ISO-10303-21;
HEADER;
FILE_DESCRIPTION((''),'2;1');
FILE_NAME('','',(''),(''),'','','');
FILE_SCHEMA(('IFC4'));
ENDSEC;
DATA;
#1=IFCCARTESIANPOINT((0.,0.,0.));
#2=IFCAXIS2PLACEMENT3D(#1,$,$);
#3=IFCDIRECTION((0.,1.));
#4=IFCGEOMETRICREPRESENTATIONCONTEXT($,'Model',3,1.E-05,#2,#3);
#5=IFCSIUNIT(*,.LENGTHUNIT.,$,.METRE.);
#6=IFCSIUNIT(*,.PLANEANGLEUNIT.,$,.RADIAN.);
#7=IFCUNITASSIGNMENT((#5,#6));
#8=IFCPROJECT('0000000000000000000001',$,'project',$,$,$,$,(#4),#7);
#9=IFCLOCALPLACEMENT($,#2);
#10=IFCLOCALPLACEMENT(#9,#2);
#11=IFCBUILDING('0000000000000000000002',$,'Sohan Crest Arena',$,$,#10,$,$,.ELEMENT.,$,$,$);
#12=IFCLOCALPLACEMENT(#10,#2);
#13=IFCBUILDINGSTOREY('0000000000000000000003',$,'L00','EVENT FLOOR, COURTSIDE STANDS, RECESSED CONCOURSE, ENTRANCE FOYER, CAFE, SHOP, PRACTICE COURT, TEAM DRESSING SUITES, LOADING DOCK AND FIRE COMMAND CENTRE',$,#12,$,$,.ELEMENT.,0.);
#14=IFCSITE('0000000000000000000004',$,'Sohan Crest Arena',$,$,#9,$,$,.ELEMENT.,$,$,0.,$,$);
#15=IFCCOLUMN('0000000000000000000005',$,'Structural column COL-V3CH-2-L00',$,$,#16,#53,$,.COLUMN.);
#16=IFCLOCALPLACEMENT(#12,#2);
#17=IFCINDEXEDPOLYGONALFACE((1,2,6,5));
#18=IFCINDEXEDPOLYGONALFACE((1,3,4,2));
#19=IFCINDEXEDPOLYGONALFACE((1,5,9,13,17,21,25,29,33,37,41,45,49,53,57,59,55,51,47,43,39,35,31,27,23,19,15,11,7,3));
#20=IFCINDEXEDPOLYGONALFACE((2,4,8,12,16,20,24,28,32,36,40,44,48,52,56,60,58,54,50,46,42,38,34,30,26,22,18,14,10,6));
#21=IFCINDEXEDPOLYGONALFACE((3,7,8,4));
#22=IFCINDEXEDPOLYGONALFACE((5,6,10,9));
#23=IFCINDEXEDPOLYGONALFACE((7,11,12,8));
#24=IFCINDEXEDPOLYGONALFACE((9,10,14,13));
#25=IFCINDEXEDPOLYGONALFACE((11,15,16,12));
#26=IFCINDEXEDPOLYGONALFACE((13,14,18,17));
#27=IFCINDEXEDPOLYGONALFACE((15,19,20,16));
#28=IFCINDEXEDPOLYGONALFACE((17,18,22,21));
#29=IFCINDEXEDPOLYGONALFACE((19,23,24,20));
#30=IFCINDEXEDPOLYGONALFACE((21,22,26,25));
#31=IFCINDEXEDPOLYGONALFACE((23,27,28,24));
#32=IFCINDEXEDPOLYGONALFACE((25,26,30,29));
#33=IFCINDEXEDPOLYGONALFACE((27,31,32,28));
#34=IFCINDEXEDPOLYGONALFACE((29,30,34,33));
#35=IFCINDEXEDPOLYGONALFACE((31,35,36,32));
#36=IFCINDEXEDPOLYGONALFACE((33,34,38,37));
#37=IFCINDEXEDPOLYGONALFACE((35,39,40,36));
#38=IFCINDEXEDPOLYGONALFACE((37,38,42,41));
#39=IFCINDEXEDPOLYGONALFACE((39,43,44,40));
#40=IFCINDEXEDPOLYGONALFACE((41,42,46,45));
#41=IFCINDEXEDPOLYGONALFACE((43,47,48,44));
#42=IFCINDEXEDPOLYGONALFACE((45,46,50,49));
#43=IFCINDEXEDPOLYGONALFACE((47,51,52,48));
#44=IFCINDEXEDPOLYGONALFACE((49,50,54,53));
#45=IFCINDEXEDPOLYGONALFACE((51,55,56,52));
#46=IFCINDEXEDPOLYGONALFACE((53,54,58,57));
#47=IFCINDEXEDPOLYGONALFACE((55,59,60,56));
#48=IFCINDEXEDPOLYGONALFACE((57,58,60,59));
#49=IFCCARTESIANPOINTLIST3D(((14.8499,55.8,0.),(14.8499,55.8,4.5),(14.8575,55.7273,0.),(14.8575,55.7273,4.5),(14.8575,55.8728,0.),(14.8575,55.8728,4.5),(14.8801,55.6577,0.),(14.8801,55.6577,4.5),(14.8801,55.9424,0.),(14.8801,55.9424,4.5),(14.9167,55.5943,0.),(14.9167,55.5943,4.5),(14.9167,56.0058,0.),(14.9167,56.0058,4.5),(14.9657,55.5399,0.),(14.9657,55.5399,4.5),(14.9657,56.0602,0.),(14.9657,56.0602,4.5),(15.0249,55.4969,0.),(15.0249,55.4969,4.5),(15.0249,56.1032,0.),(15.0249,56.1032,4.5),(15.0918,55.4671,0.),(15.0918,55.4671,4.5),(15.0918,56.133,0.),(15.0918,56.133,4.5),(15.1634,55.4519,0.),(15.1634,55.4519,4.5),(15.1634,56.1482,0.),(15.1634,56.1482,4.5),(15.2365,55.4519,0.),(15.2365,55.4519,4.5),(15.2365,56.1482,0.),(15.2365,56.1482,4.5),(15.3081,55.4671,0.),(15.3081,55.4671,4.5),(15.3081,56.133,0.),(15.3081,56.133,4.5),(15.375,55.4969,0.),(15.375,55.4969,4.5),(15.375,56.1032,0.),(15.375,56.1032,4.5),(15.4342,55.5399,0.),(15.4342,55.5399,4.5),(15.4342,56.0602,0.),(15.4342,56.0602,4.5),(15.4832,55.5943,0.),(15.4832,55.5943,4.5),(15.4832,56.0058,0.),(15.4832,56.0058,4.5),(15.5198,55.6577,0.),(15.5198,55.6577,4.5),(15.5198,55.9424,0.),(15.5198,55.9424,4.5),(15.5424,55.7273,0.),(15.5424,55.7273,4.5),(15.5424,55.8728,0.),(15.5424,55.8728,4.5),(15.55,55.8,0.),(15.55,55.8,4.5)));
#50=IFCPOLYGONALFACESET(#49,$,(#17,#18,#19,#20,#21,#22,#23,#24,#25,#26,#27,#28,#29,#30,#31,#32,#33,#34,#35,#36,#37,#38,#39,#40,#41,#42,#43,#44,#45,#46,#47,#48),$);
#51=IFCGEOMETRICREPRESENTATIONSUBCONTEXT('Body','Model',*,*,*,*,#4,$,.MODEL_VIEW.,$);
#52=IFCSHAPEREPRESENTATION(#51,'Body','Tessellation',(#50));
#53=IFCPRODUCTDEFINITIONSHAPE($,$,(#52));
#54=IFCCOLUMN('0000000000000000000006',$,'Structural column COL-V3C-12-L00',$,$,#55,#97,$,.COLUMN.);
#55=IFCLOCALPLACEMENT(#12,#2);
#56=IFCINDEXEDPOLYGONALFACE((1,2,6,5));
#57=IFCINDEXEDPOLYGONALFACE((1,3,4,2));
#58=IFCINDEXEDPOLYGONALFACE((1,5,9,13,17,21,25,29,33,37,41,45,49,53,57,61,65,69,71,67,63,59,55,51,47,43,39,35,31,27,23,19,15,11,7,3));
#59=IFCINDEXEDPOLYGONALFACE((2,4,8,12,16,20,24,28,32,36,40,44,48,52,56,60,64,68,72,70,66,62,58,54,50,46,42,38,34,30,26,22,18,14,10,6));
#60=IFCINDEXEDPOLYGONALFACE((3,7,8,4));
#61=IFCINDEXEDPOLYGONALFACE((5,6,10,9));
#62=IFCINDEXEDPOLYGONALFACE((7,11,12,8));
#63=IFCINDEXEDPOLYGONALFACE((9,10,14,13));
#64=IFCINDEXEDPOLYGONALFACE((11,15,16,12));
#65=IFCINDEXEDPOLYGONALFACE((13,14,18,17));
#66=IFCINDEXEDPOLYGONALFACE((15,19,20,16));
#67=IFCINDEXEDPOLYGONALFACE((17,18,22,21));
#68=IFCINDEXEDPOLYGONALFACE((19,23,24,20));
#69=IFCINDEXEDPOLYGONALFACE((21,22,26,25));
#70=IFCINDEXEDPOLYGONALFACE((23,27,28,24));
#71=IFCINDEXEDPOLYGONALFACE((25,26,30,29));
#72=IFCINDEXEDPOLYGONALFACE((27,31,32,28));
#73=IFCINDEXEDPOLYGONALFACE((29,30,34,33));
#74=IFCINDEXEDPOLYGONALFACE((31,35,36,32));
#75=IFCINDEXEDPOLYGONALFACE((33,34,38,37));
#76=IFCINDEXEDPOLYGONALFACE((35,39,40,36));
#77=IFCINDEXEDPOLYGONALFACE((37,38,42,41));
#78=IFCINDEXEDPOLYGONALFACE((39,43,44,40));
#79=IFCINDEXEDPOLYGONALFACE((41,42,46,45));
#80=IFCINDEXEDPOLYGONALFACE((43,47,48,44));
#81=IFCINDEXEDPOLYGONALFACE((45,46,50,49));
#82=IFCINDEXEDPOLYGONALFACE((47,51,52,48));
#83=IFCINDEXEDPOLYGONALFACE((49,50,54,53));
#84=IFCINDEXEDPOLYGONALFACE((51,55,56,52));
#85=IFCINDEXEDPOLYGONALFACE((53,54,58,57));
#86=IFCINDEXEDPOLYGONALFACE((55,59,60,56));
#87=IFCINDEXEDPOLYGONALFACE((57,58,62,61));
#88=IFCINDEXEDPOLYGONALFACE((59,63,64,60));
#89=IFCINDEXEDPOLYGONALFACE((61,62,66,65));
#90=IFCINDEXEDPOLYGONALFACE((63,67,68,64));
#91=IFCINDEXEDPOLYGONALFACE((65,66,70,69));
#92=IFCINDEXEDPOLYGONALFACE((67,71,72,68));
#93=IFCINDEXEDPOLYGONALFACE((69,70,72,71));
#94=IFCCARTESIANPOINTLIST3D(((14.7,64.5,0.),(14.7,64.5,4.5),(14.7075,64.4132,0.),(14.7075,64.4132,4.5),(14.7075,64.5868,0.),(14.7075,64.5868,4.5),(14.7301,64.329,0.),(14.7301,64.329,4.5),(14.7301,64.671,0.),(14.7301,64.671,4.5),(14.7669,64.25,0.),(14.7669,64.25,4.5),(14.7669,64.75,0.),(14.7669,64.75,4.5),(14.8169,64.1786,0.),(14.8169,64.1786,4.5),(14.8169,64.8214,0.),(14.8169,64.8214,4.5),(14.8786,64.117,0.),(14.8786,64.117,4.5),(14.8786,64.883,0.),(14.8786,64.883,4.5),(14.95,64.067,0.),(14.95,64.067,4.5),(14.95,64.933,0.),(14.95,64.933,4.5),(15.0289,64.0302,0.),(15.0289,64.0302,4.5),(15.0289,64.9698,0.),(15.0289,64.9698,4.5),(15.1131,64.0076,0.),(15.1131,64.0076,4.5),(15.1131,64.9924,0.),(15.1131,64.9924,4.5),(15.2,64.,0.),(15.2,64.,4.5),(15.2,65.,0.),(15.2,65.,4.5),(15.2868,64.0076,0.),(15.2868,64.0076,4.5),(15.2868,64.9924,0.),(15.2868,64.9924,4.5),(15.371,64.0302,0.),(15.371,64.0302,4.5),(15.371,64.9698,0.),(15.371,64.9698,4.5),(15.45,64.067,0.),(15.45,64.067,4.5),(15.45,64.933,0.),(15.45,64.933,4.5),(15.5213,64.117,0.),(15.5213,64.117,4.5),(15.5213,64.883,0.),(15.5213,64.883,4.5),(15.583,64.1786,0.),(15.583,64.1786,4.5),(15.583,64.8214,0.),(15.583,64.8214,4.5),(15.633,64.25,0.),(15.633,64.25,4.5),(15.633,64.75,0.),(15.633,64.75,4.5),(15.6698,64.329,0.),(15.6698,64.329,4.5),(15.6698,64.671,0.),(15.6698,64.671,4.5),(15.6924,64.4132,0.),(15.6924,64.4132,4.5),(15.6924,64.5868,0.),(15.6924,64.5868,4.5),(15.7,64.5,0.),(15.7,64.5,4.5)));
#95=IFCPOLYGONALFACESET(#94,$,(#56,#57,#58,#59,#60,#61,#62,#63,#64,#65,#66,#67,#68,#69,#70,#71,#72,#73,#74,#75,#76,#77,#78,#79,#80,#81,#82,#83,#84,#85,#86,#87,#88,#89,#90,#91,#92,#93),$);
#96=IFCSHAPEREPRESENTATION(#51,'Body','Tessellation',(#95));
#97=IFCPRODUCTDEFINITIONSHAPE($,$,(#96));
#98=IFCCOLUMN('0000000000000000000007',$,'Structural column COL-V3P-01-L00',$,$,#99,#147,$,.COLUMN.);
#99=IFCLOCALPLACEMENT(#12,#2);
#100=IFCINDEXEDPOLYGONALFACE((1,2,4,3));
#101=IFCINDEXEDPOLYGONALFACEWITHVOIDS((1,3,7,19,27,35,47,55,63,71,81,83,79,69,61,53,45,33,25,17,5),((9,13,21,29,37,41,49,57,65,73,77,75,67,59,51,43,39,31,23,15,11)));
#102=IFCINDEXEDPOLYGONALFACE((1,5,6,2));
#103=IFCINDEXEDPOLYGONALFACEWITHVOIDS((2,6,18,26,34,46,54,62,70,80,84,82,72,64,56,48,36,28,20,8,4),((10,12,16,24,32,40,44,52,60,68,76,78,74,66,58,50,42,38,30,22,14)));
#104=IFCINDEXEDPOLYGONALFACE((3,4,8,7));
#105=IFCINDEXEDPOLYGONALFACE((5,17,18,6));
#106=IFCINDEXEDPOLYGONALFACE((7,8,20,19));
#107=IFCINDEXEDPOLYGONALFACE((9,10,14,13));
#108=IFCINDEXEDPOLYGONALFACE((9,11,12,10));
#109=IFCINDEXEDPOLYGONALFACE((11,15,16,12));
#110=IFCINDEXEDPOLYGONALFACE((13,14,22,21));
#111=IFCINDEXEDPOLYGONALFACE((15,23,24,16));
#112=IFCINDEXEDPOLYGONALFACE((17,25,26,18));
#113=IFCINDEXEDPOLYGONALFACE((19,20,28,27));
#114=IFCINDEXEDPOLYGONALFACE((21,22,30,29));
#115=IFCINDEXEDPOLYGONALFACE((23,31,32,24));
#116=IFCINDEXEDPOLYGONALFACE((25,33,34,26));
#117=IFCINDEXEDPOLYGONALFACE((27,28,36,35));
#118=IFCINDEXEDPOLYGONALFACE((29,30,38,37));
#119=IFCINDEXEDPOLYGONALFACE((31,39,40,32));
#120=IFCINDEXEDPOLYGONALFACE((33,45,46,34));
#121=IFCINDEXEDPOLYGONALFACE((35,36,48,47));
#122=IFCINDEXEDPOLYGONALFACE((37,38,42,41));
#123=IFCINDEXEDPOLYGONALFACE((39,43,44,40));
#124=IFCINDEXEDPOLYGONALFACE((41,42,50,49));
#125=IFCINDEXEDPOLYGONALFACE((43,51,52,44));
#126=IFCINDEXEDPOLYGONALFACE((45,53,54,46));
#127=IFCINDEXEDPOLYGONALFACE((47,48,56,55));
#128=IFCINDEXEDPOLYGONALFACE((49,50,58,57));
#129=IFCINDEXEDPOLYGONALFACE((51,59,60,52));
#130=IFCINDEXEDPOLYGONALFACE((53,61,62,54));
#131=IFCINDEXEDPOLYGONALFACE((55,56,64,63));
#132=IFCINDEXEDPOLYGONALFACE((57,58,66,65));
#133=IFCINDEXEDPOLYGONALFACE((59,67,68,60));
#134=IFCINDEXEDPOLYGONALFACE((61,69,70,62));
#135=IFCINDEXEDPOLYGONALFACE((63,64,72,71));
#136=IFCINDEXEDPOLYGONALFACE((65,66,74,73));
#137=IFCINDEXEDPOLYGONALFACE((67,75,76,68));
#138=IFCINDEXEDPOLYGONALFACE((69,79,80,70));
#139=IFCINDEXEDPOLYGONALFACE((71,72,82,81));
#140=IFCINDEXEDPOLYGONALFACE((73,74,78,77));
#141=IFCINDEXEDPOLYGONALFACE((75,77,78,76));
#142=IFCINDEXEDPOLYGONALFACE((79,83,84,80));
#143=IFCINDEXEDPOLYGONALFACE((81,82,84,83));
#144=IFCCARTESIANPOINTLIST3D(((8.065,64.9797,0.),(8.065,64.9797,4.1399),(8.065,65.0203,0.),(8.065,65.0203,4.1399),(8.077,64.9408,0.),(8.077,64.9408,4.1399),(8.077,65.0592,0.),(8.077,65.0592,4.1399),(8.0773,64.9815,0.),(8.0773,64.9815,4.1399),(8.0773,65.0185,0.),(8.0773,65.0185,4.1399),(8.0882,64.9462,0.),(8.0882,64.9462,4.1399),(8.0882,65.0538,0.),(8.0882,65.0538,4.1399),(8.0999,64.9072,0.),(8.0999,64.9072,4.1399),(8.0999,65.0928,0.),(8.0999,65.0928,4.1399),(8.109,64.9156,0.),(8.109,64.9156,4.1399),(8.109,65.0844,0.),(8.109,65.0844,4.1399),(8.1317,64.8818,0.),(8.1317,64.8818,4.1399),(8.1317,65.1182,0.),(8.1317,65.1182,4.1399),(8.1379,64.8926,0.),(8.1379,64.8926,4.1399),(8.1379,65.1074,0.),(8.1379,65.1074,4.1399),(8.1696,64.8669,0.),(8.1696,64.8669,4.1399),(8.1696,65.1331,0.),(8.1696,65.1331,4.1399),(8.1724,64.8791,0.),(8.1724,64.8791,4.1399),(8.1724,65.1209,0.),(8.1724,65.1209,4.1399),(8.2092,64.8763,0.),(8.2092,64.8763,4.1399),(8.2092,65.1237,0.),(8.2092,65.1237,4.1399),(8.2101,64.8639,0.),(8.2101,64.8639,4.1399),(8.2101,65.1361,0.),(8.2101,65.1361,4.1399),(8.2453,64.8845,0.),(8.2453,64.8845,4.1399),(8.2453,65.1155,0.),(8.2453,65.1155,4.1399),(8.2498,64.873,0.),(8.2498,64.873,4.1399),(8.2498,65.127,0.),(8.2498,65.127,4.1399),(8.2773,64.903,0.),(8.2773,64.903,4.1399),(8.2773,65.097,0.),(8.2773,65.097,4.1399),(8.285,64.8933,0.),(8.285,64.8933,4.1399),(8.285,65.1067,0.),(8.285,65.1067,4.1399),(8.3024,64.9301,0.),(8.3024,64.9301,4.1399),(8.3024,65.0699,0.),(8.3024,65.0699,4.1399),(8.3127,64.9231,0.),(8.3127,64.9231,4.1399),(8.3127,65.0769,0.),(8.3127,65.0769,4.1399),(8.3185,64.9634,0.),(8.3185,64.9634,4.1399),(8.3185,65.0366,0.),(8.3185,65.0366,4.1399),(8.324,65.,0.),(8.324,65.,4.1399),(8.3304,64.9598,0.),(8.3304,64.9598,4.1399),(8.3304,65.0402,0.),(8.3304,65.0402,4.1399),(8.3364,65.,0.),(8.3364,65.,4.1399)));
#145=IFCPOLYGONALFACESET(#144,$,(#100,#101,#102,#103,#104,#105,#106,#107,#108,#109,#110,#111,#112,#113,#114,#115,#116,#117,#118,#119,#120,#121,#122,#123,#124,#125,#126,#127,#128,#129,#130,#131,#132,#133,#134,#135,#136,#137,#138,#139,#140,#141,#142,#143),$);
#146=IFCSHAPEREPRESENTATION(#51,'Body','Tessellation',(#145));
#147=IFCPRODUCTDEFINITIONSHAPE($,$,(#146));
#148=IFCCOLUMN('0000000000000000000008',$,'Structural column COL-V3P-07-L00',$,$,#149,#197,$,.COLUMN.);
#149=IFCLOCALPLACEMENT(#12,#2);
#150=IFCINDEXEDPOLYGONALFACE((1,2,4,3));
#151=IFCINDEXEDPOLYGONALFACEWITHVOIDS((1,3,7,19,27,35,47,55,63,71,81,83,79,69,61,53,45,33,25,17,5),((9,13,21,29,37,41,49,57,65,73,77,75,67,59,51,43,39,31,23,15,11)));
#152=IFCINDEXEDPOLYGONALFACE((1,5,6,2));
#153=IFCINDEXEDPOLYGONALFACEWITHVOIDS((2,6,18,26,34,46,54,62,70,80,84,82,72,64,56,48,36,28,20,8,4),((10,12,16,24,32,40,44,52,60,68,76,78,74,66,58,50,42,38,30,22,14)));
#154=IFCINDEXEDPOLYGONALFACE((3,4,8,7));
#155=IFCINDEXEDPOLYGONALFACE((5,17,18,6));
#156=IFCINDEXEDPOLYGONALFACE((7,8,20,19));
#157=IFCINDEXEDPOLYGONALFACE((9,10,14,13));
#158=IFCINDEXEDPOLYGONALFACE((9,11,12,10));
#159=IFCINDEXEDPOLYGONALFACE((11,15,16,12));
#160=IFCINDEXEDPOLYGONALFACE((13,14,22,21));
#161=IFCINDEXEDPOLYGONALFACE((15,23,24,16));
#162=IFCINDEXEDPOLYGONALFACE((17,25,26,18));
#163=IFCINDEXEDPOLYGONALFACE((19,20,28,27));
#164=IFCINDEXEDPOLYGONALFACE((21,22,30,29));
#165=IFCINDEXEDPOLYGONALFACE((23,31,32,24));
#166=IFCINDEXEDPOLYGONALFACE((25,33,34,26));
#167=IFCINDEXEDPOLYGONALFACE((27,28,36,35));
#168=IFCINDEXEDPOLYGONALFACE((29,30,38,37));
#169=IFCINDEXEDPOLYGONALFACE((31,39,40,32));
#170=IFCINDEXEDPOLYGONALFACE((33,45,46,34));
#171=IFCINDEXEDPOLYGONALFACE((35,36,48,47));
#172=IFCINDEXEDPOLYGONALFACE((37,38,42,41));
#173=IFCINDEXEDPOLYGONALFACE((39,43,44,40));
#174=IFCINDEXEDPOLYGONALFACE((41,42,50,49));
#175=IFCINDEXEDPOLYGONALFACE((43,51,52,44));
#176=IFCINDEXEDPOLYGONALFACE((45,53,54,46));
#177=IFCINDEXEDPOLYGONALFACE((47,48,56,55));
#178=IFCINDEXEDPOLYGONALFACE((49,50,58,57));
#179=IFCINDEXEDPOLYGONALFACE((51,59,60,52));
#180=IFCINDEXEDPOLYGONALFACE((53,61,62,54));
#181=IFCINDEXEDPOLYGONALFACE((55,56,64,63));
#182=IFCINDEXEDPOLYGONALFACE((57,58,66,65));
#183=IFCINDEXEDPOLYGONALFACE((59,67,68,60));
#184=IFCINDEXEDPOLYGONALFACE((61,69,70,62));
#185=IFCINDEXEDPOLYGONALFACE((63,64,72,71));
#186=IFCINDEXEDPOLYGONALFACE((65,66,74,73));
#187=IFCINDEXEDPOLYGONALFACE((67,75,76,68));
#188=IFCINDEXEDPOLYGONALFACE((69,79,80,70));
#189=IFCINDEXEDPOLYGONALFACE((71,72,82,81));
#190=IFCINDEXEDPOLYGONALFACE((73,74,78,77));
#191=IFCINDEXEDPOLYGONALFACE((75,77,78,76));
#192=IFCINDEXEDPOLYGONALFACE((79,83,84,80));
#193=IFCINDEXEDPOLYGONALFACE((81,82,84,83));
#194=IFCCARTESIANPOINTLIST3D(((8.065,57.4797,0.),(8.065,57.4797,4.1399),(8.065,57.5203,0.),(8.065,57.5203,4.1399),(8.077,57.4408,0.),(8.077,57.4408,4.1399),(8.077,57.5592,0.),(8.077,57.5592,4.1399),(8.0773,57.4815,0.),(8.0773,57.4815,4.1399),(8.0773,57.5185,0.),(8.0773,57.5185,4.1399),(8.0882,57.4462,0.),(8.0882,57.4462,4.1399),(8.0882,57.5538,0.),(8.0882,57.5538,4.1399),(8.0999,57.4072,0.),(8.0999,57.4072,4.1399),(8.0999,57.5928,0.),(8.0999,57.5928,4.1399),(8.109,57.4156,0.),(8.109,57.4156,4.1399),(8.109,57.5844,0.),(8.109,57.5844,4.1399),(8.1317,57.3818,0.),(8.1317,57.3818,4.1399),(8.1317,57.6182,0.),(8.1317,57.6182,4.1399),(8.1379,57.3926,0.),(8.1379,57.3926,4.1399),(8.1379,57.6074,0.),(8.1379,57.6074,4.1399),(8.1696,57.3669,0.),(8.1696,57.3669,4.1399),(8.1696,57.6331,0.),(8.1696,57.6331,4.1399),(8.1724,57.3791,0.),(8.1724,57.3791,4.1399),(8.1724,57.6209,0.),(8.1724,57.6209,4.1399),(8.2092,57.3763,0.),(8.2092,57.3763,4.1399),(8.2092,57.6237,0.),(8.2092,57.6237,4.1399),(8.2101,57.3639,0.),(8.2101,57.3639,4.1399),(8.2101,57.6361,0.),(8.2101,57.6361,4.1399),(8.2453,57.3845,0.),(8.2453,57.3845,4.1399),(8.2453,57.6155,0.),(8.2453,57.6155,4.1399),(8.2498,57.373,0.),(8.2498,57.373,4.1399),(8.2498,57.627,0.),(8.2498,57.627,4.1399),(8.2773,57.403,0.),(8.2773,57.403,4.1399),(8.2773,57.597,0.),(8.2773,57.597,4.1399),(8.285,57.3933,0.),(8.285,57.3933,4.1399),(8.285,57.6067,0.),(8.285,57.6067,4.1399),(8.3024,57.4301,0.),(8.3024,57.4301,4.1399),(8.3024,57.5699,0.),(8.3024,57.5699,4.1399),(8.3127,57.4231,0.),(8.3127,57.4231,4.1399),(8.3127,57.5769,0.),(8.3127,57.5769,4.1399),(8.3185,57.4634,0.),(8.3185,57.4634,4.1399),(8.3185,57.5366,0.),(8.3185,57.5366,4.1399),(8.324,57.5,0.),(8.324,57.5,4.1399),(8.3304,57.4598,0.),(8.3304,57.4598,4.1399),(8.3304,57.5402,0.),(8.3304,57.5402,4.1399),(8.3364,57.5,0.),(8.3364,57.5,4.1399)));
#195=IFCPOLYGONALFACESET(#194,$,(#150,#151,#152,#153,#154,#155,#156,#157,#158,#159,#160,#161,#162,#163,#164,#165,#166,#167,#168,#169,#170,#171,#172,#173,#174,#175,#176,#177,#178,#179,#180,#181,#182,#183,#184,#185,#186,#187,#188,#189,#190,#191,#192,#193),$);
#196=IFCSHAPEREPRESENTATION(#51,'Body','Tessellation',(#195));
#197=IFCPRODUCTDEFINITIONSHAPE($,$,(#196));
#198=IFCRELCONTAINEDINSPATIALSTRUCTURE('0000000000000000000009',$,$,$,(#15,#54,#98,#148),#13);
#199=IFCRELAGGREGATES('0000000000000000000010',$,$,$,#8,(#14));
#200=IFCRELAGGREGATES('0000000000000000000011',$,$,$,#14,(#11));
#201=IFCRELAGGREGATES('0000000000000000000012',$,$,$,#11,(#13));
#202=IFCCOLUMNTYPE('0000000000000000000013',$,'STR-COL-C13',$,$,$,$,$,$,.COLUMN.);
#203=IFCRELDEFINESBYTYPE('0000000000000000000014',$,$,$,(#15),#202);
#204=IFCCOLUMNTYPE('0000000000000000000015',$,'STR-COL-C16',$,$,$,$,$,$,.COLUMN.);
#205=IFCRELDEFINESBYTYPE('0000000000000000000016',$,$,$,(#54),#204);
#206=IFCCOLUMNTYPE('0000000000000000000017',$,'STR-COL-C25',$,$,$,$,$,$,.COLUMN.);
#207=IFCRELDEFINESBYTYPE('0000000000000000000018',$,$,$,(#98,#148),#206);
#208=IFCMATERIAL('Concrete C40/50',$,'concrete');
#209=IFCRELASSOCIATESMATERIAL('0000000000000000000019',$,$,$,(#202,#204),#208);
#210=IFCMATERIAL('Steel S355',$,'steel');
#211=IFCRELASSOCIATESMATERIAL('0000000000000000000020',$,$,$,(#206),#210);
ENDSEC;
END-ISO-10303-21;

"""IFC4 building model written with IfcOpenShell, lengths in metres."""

from ifc_helpers import new_model, si_unit, direction, frame, origin, origin_2d, place, context, subcontext, project, spatial, circle, hollow_circle, extrude, material, material_profile, profile_set, type_object, element, save


model = new_model("IFC4")

# Units and contexts
model_context = context("Model", 3, precision=1e-05, world=origin(), true_north=direction((0.0, 1.0)))
body_context = subcontext(model_context, "Body", "Model", "MODEL_VIEW")
ifc_project = project(units=[si_unit("LENGTHUNIT", "METRE"), si_unit("PLANEANGLEUNIT", "RADIAN")], contexts=[model_context])

# Site, building, storey
site_placement = place(None, origin())
site = spatial("IfcSite", under=ifc_project, at=site_placement, Name="Sohan Crest Arena", CompositionType="ELEMENT", RefElevation=0.0)
building_placement = place(site_placement, origin())
building = spatial("IfcBuilding", under=site, at=building_placement, Name="Sohan Crest Arena", CompositionType="ELEMENT")
storey_placement = place(building_placement, origin())
storey = spatial("IfcBuildingStorey", under=building, at=storey_placement, Name="L00", Description="EVENT FLOOR, COURTSIDE STANDS, RECESSED CONCOURSE, ENTRANCE FOYER, CAFE, SHOP, PRACTICE COURT, TEAM DRESSING SUITES, LOADING DOCK AND FIRE COMMAND CENTRE", CompositionType="ELEMENT", Elevation=0.0)

# Columns
ifc_material_1 = material(Name="Concrete C40/50", Category="concrete")
ifc_material_profile_1 = material_profile(ifc_material_1, circle(Radius=0.3501, at=origin_2d()), Name="RC D700")
ifc_profile_set_1 = profile_set([ifc_material_profile_1], Name="Concrete C40/50")
column_type_1 = type_object("IfcColumnType", Name="STR-COL-C13", PredefinedType="COLUMN", material=ifc_profile_set_1)
column_1_placement = place(storey_placement, frame((15.2, 55.8, 0.0), z_axis=(0.0, 0.0, 1.0), x_axis=(1.0, 0.0, 0.0)))
element("IfcColumn", 1, at=column_1_placement, inside=storey, type_object=column_type_1, Name="Structural column COL-V3CH-2-L00", PredefinedType="COLUMN", context=body_context, shape_type="SweptSolid", body=[
    extrude(circle(Radius=0.3501, at=origin_2d()), origin(), (0.0, 0.0, 1.0), 4.5),
])
ifc_material_profile_2 = material_profile(ifc_material_1, circle(Radius=0.5, at=origin_2d()), Name="RC D1000")
ifc_profile_set_2 = profile_set([ifc_material_profile_2], Name="Concrete C40/50")
column_type_2 = type_object("IfcColumnType", Name="STR-COL-C16", PredefinedType="COLUMN", material=ifc_profile_set_2)
column_2_placement = place(storey_placement, frame((15.2, 64.5, 0.0), z_axis=(0.0, 0.0, 1.0), x_axis=(1.0, 0.0, 0.0)))
element("IfcColumn", 2, at=column_2_placement, inside=storey, type_object=column_type_2, Name="Structural column COL-V3C-12-L00", PredefinedType="COLUMN", context=body_context, shape_type="SweptSolid", body=[
    extrude(circle(Radius=0.5, at=origin_2d()), origin(), (0.0, 0.0, 1.0), 4.5),
])
ifc_material_2 = material(Name="Steel S355", Category="steel")
ifc_material_profile_3 = material_profile(ifc_material_2, hollow_circle(Radius=0.1365, WallThickness=0.0125, at=origin_2d()), Name="CHS 273x12.5")
ifc_profile_set_3 = profile_set([ifc_material_profile_3], Name="Steel S355")
column_type_3 = type_object("IfcColumnType", Name="STR-COL-C25", PredefinedType="COLUMN", material=ifc_profile_set_3)
for number, where, z_axis, x_axis, name in (
    (3, (8.2, 65.0, 0.0), (0.0, 0.0, 1.0), (1.0, 0.0, 0.0), "Structural column COL-V3P-01-L00"),
    (4, (8.2, 57.5, 0.0), (0.0, 0.0, 1.0), (1.0, 0.0, 0.0), "Structural column COL-V3P-07-L00"),
):
    element("IfcColumn", number, at=place(storey_placement, frame(where, z_axis=z_axis, x_axis=x_axis)), inside=storey, type_object=column_type_3, Name=name, PredefinedType="COLUMN", context=body_context, shape_type="SweptSolid", body=[
        extrude(hollow_circle(Radius=0.1365, WallThickness=0.0125, at=origin_2d()), origin(), (0.0, 0.0, 1.0), 4.1399),
    ])

save(model, "model.ifc")
